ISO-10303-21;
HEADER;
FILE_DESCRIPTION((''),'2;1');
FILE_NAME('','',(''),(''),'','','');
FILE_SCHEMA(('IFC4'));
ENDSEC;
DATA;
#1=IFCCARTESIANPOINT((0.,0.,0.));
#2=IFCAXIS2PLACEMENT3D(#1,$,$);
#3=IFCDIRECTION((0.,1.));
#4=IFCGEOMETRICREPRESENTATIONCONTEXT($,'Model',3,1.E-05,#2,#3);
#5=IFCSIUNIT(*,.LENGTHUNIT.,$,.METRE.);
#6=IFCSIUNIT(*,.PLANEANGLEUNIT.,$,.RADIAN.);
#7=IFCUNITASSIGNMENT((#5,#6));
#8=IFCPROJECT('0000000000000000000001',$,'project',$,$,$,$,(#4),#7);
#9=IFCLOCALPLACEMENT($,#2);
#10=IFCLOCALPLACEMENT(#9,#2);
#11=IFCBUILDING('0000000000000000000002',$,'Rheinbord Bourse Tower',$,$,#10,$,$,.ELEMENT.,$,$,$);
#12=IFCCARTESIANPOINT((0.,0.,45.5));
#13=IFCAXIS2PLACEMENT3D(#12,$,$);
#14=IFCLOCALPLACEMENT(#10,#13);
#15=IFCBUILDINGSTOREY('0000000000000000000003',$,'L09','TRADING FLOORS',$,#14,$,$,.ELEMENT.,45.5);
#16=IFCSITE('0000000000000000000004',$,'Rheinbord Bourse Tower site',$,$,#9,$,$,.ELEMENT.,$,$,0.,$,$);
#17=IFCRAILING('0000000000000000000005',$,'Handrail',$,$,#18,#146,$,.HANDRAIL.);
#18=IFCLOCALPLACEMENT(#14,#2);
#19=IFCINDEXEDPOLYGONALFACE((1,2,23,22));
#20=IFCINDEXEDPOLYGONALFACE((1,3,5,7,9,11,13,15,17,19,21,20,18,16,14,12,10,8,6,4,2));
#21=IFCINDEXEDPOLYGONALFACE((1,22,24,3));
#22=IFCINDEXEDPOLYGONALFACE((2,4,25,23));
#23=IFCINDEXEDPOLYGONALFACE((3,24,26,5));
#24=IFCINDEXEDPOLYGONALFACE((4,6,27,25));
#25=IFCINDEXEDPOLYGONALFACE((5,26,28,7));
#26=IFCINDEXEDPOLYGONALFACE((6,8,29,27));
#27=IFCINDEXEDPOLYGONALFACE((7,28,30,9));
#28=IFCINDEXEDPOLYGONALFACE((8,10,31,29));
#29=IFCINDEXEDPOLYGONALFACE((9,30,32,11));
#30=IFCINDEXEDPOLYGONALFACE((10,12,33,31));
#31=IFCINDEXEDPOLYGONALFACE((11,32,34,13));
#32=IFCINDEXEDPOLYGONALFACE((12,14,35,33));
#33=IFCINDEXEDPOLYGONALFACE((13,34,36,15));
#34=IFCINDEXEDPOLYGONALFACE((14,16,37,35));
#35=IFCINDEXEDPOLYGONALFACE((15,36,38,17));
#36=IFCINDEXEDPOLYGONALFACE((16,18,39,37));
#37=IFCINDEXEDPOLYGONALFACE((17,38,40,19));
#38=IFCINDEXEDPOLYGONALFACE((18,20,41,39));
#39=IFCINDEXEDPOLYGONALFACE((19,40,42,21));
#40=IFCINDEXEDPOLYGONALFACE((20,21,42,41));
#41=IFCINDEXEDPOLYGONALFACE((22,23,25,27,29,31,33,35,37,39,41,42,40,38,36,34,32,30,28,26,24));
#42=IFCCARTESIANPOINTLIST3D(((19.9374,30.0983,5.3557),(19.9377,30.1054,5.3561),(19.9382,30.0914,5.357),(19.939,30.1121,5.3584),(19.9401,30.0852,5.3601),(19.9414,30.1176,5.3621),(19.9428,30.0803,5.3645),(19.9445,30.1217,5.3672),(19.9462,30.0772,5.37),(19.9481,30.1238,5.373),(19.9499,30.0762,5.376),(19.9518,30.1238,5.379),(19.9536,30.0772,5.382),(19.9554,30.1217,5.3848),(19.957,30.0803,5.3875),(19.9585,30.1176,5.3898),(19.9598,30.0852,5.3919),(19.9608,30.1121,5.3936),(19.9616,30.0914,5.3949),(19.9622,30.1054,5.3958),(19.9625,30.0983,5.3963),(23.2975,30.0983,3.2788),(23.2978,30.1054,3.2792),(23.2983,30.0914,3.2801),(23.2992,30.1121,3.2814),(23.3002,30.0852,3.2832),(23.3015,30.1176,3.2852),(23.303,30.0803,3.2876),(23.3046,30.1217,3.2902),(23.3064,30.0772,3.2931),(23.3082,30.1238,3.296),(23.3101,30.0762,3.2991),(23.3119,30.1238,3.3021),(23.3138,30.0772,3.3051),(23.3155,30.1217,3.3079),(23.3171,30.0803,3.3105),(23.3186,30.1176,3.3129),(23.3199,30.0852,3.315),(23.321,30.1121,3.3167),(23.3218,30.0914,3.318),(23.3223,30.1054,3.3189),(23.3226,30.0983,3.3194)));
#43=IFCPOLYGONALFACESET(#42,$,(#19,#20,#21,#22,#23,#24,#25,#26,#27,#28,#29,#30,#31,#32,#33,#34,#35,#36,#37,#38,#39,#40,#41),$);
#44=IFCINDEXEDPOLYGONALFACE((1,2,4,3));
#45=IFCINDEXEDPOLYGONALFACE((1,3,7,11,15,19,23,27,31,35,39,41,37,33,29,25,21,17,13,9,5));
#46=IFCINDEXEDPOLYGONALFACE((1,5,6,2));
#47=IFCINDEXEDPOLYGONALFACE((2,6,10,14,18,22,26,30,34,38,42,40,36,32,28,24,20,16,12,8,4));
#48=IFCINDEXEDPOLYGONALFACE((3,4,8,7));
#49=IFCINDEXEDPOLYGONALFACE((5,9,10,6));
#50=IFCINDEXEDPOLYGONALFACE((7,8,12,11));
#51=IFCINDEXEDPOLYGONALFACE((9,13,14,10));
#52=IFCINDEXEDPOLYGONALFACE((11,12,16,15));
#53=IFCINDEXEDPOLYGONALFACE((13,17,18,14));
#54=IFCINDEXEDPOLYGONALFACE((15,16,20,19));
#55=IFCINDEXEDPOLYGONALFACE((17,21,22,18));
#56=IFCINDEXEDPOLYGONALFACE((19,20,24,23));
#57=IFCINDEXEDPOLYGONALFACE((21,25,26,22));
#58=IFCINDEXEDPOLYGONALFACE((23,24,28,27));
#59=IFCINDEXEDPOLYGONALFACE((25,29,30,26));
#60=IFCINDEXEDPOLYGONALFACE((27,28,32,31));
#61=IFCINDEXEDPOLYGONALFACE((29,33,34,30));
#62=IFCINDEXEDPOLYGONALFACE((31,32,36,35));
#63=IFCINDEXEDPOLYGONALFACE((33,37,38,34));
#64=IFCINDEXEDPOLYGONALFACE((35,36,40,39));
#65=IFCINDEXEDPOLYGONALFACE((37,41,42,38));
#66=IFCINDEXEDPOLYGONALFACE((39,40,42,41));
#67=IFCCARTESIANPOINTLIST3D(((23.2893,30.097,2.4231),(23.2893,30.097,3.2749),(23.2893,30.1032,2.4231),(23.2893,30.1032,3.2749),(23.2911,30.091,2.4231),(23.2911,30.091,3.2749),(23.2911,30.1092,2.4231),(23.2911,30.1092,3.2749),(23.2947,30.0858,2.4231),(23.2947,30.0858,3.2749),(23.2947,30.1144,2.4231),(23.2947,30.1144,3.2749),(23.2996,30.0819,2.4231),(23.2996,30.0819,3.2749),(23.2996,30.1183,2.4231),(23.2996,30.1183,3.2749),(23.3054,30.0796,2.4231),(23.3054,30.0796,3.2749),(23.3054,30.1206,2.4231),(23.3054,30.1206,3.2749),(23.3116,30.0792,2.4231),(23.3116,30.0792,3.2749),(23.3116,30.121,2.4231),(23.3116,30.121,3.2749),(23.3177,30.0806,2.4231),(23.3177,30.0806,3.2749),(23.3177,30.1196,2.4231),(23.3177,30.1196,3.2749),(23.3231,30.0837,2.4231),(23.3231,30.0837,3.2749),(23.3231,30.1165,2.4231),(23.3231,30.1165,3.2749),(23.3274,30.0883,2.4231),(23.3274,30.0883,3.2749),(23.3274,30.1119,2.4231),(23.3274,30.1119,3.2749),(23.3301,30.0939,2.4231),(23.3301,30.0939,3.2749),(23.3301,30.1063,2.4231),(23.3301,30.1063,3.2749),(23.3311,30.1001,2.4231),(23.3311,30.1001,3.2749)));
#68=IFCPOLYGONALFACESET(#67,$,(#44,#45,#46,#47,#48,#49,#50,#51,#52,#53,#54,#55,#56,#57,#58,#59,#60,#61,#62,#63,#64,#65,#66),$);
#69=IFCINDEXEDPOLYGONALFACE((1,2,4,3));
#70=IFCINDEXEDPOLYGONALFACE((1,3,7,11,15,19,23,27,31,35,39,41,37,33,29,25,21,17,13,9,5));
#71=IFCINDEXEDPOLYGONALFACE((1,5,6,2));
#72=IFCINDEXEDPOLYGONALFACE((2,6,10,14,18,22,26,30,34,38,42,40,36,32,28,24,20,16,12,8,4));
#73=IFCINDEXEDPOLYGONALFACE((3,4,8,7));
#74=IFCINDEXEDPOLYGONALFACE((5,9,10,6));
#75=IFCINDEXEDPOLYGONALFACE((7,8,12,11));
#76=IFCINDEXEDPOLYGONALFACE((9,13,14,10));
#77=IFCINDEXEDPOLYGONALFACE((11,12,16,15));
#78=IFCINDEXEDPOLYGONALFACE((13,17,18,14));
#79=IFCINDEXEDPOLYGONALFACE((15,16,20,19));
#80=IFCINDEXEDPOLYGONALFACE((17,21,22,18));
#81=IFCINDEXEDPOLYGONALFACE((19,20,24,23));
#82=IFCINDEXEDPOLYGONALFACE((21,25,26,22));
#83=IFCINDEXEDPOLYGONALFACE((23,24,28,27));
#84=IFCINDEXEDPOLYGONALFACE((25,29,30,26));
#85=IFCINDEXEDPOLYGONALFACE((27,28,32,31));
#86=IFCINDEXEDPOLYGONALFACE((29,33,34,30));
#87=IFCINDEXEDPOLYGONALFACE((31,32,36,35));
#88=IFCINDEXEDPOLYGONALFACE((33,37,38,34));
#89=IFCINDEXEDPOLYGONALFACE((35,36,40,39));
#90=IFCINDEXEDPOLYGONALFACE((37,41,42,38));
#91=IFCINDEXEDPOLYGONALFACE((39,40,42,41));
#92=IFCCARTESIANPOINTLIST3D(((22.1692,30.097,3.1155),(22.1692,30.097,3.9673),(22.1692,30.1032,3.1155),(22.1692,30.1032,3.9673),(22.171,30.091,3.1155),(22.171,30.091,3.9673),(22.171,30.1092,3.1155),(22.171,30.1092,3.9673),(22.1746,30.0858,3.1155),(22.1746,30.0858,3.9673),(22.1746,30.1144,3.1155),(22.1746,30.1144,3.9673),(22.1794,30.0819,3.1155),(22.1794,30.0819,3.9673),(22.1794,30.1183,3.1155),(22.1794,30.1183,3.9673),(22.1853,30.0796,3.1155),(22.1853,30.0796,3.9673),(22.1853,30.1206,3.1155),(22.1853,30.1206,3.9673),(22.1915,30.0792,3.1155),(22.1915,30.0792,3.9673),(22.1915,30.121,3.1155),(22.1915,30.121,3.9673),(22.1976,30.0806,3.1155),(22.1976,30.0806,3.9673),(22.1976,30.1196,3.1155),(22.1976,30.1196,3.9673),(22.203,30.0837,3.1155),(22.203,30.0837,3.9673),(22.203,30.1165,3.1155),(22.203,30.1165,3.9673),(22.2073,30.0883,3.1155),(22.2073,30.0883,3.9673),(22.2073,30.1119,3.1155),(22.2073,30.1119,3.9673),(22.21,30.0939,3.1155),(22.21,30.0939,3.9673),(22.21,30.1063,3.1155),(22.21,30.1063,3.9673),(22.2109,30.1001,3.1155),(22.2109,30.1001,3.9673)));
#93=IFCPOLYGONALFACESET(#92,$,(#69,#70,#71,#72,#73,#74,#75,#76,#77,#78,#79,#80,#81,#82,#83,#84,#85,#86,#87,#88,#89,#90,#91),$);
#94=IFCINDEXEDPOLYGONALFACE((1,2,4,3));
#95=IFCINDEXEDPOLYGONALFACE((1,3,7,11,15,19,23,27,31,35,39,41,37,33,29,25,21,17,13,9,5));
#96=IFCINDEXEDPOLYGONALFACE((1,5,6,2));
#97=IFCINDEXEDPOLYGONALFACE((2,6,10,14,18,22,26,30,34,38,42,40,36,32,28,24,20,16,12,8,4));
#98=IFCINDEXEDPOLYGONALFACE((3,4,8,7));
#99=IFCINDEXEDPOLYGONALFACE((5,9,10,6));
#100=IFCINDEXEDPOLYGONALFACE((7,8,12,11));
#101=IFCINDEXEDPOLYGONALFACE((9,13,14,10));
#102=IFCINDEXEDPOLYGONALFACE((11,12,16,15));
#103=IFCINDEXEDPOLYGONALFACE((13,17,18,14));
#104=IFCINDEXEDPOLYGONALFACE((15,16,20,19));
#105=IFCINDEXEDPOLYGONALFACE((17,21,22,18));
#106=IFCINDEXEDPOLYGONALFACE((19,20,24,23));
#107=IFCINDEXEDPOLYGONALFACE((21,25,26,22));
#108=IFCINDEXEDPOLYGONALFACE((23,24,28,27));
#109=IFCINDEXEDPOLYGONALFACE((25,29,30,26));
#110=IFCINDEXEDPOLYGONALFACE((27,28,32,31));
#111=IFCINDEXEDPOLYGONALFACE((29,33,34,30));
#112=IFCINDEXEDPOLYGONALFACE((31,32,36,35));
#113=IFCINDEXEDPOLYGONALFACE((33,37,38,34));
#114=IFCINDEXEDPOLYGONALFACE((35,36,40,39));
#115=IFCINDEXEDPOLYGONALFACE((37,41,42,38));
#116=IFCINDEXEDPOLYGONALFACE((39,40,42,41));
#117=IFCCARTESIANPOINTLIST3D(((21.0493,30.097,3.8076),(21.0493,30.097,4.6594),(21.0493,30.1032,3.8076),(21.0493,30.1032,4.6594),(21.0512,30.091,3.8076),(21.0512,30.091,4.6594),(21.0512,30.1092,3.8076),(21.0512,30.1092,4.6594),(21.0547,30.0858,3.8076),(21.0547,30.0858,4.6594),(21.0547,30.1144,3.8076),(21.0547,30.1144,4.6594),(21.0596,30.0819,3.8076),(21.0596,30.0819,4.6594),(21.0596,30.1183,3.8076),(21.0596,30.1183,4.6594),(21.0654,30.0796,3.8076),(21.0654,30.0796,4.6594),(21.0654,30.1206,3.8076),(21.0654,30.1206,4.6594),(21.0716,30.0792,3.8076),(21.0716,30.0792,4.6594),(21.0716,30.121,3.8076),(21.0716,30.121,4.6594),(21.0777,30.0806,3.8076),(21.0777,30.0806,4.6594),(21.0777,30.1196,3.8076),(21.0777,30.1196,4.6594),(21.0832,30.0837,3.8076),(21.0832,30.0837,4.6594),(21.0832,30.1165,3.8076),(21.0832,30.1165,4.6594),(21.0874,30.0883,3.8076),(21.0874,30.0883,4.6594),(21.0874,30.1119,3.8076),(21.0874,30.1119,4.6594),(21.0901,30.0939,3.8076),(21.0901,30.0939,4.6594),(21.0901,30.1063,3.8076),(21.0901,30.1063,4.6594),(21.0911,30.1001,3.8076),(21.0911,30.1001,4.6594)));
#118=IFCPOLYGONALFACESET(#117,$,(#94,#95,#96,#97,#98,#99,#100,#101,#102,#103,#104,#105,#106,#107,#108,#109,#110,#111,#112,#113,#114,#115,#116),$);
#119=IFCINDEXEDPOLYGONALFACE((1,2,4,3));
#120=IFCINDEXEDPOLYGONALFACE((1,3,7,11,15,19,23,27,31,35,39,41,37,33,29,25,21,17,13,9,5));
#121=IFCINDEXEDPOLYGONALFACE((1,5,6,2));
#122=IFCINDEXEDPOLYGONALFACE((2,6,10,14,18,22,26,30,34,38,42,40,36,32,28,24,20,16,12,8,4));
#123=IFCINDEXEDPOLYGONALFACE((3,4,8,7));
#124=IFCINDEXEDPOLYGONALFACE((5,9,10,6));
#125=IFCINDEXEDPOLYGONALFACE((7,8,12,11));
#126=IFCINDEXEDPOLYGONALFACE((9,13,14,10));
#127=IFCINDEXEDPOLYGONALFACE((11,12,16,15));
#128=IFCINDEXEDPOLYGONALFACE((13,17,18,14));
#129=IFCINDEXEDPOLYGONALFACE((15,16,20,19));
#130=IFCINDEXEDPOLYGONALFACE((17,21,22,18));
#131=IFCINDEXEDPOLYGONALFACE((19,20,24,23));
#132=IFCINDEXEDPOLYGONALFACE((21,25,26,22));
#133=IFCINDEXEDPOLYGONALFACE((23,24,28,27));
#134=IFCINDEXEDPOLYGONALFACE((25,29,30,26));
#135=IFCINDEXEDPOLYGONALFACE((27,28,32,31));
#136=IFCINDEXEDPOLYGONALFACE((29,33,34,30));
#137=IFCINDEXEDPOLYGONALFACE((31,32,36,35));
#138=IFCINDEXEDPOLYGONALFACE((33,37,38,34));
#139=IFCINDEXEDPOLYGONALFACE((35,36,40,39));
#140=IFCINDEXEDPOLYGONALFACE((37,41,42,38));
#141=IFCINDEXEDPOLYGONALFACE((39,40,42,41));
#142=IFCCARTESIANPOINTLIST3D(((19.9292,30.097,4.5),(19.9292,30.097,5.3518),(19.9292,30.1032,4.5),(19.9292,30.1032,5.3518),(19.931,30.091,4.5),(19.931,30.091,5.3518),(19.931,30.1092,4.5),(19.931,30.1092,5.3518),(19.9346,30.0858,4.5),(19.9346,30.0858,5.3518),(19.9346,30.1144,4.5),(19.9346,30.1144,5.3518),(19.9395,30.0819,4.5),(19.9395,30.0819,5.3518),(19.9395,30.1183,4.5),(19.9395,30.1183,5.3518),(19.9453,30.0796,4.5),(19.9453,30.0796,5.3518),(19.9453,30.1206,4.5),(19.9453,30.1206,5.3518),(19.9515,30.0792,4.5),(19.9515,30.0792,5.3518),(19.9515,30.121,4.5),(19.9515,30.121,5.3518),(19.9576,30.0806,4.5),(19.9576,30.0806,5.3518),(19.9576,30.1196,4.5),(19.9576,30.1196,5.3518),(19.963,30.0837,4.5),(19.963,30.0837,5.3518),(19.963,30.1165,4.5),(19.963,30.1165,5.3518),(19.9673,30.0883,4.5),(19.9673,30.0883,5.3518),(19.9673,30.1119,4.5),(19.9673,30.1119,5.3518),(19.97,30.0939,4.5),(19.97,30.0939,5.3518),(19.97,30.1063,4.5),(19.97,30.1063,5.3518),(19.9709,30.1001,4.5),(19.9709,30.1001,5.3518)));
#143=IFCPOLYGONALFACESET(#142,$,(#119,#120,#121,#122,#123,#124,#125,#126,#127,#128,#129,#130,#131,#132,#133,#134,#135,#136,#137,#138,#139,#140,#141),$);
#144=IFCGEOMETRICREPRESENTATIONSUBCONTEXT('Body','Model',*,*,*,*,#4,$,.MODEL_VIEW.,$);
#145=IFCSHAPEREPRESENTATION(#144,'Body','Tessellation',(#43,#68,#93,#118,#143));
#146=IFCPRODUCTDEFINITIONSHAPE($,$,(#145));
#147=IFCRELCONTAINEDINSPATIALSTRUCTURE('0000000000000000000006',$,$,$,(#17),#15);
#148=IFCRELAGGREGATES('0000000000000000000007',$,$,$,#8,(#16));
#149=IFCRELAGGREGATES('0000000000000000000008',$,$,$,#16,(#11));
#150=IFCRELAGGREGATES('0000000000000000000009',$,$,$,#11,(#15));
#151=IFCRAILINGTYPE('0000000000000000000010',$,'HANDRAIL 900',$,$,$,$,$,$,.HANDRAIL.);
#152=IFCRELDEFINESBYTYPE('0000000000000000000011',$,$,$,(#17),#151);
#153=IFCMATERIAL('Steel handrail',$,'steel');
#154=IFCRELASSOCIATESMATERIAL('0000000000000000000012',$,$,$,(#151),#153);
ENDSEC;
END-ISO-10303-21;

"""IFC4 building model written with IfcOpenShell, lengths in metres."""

from ifc_helpers import new_model, si_unit, direction, frame, origin, origin_2d, place, context, subcontext, project, spatial, circle, extrude, material, type_object, element, save


model = new_model("IFC4")

# Units and contexts
model_context = context("Model", 3, precision=1e-05, world=origin(), true_north=direction((0.0, 1.0)))
body_context = subcontext(model_context, "Body", "Model", "MODEL_VIEW")
ifc_project = project(units=[si_unit("LENGTHUNIT", "METRE"), si_unit("PLANEANGLEUNIT", "RADIAN")], contexts=[model_context])

# Site, building, storey
site_placement = place(None, origin())
site = spatial("IfcSite", under=ifc_project, at=site_placement, Name="Rheinbord Bourse Tower site", CompositionType="ELEMENT", RefElevation=0.0)
building_placement = place(site_placement, origin())
building = spatial("IfcBuilding", under=site, at=building_placement, Name="Rheinbord Bourse Tower", CompositionType="ELEMENT")
storey_placement = place(building_placement, frame((0.0, 0.0, 45.5)))
storey = spatial("IfcBuildingStorey", under=building, at=storey_placement, Name="L09", Description="TRADING FLOORS", CompositionType="ELEMENT", Elevation=45.5)

# Railing
ifc_material_1 = material(Name="Steel handrail", Category="steel")
railing_type = type_object("IfcRailingType", Name="HANDRAIL 900", PredefinedType="HANDRAIL", material=ifc_material_1)
railing_1_placement = place(storey_placement, frame((23.3101, 30.1001, 2.4231)))
element("IfcRailing", 1, at=railing_1_placement, inside=storey, type_object=railing_type, Name="Handrail", PredefinedType="HANDRAIL", context=body_context, shape_type="SweptSolid", body=[
    extrude(circle(Radius=0.0239, at=origin_2d()), frame((0.0, 0.0, 0.876), z_axis=(-0.850623, 0.0, 0.525776), x_axis=(0.0, -1.0, 0.0)), (0.0, 0.0, 1.0), 3.9502),
    extrude(circle(Radius=0.021, at=origin_2d()), origin(), (0.0, 0.0, 1.0), 0.8518),
    extrude(circle(Radius=0.021, at=origin_2d()), frame((-1.1201, 0.0, 0.6924)), (0.0, 0.0, 1.0), 0.8518),
    extrude(circle(Radius=0.021, at=origin_2d()), frame((-2.24, 0.0, 1.3845)), (0.0, 0.0, 1.0), 0.8518),
    extrude(circle(Radius=0.021, at=origin_2d()), frame((-3.3601, 0.0, 2.0769)), (0.0, 0.0, 1.0), 0.8518),
])

save(model, "model.ifc")
